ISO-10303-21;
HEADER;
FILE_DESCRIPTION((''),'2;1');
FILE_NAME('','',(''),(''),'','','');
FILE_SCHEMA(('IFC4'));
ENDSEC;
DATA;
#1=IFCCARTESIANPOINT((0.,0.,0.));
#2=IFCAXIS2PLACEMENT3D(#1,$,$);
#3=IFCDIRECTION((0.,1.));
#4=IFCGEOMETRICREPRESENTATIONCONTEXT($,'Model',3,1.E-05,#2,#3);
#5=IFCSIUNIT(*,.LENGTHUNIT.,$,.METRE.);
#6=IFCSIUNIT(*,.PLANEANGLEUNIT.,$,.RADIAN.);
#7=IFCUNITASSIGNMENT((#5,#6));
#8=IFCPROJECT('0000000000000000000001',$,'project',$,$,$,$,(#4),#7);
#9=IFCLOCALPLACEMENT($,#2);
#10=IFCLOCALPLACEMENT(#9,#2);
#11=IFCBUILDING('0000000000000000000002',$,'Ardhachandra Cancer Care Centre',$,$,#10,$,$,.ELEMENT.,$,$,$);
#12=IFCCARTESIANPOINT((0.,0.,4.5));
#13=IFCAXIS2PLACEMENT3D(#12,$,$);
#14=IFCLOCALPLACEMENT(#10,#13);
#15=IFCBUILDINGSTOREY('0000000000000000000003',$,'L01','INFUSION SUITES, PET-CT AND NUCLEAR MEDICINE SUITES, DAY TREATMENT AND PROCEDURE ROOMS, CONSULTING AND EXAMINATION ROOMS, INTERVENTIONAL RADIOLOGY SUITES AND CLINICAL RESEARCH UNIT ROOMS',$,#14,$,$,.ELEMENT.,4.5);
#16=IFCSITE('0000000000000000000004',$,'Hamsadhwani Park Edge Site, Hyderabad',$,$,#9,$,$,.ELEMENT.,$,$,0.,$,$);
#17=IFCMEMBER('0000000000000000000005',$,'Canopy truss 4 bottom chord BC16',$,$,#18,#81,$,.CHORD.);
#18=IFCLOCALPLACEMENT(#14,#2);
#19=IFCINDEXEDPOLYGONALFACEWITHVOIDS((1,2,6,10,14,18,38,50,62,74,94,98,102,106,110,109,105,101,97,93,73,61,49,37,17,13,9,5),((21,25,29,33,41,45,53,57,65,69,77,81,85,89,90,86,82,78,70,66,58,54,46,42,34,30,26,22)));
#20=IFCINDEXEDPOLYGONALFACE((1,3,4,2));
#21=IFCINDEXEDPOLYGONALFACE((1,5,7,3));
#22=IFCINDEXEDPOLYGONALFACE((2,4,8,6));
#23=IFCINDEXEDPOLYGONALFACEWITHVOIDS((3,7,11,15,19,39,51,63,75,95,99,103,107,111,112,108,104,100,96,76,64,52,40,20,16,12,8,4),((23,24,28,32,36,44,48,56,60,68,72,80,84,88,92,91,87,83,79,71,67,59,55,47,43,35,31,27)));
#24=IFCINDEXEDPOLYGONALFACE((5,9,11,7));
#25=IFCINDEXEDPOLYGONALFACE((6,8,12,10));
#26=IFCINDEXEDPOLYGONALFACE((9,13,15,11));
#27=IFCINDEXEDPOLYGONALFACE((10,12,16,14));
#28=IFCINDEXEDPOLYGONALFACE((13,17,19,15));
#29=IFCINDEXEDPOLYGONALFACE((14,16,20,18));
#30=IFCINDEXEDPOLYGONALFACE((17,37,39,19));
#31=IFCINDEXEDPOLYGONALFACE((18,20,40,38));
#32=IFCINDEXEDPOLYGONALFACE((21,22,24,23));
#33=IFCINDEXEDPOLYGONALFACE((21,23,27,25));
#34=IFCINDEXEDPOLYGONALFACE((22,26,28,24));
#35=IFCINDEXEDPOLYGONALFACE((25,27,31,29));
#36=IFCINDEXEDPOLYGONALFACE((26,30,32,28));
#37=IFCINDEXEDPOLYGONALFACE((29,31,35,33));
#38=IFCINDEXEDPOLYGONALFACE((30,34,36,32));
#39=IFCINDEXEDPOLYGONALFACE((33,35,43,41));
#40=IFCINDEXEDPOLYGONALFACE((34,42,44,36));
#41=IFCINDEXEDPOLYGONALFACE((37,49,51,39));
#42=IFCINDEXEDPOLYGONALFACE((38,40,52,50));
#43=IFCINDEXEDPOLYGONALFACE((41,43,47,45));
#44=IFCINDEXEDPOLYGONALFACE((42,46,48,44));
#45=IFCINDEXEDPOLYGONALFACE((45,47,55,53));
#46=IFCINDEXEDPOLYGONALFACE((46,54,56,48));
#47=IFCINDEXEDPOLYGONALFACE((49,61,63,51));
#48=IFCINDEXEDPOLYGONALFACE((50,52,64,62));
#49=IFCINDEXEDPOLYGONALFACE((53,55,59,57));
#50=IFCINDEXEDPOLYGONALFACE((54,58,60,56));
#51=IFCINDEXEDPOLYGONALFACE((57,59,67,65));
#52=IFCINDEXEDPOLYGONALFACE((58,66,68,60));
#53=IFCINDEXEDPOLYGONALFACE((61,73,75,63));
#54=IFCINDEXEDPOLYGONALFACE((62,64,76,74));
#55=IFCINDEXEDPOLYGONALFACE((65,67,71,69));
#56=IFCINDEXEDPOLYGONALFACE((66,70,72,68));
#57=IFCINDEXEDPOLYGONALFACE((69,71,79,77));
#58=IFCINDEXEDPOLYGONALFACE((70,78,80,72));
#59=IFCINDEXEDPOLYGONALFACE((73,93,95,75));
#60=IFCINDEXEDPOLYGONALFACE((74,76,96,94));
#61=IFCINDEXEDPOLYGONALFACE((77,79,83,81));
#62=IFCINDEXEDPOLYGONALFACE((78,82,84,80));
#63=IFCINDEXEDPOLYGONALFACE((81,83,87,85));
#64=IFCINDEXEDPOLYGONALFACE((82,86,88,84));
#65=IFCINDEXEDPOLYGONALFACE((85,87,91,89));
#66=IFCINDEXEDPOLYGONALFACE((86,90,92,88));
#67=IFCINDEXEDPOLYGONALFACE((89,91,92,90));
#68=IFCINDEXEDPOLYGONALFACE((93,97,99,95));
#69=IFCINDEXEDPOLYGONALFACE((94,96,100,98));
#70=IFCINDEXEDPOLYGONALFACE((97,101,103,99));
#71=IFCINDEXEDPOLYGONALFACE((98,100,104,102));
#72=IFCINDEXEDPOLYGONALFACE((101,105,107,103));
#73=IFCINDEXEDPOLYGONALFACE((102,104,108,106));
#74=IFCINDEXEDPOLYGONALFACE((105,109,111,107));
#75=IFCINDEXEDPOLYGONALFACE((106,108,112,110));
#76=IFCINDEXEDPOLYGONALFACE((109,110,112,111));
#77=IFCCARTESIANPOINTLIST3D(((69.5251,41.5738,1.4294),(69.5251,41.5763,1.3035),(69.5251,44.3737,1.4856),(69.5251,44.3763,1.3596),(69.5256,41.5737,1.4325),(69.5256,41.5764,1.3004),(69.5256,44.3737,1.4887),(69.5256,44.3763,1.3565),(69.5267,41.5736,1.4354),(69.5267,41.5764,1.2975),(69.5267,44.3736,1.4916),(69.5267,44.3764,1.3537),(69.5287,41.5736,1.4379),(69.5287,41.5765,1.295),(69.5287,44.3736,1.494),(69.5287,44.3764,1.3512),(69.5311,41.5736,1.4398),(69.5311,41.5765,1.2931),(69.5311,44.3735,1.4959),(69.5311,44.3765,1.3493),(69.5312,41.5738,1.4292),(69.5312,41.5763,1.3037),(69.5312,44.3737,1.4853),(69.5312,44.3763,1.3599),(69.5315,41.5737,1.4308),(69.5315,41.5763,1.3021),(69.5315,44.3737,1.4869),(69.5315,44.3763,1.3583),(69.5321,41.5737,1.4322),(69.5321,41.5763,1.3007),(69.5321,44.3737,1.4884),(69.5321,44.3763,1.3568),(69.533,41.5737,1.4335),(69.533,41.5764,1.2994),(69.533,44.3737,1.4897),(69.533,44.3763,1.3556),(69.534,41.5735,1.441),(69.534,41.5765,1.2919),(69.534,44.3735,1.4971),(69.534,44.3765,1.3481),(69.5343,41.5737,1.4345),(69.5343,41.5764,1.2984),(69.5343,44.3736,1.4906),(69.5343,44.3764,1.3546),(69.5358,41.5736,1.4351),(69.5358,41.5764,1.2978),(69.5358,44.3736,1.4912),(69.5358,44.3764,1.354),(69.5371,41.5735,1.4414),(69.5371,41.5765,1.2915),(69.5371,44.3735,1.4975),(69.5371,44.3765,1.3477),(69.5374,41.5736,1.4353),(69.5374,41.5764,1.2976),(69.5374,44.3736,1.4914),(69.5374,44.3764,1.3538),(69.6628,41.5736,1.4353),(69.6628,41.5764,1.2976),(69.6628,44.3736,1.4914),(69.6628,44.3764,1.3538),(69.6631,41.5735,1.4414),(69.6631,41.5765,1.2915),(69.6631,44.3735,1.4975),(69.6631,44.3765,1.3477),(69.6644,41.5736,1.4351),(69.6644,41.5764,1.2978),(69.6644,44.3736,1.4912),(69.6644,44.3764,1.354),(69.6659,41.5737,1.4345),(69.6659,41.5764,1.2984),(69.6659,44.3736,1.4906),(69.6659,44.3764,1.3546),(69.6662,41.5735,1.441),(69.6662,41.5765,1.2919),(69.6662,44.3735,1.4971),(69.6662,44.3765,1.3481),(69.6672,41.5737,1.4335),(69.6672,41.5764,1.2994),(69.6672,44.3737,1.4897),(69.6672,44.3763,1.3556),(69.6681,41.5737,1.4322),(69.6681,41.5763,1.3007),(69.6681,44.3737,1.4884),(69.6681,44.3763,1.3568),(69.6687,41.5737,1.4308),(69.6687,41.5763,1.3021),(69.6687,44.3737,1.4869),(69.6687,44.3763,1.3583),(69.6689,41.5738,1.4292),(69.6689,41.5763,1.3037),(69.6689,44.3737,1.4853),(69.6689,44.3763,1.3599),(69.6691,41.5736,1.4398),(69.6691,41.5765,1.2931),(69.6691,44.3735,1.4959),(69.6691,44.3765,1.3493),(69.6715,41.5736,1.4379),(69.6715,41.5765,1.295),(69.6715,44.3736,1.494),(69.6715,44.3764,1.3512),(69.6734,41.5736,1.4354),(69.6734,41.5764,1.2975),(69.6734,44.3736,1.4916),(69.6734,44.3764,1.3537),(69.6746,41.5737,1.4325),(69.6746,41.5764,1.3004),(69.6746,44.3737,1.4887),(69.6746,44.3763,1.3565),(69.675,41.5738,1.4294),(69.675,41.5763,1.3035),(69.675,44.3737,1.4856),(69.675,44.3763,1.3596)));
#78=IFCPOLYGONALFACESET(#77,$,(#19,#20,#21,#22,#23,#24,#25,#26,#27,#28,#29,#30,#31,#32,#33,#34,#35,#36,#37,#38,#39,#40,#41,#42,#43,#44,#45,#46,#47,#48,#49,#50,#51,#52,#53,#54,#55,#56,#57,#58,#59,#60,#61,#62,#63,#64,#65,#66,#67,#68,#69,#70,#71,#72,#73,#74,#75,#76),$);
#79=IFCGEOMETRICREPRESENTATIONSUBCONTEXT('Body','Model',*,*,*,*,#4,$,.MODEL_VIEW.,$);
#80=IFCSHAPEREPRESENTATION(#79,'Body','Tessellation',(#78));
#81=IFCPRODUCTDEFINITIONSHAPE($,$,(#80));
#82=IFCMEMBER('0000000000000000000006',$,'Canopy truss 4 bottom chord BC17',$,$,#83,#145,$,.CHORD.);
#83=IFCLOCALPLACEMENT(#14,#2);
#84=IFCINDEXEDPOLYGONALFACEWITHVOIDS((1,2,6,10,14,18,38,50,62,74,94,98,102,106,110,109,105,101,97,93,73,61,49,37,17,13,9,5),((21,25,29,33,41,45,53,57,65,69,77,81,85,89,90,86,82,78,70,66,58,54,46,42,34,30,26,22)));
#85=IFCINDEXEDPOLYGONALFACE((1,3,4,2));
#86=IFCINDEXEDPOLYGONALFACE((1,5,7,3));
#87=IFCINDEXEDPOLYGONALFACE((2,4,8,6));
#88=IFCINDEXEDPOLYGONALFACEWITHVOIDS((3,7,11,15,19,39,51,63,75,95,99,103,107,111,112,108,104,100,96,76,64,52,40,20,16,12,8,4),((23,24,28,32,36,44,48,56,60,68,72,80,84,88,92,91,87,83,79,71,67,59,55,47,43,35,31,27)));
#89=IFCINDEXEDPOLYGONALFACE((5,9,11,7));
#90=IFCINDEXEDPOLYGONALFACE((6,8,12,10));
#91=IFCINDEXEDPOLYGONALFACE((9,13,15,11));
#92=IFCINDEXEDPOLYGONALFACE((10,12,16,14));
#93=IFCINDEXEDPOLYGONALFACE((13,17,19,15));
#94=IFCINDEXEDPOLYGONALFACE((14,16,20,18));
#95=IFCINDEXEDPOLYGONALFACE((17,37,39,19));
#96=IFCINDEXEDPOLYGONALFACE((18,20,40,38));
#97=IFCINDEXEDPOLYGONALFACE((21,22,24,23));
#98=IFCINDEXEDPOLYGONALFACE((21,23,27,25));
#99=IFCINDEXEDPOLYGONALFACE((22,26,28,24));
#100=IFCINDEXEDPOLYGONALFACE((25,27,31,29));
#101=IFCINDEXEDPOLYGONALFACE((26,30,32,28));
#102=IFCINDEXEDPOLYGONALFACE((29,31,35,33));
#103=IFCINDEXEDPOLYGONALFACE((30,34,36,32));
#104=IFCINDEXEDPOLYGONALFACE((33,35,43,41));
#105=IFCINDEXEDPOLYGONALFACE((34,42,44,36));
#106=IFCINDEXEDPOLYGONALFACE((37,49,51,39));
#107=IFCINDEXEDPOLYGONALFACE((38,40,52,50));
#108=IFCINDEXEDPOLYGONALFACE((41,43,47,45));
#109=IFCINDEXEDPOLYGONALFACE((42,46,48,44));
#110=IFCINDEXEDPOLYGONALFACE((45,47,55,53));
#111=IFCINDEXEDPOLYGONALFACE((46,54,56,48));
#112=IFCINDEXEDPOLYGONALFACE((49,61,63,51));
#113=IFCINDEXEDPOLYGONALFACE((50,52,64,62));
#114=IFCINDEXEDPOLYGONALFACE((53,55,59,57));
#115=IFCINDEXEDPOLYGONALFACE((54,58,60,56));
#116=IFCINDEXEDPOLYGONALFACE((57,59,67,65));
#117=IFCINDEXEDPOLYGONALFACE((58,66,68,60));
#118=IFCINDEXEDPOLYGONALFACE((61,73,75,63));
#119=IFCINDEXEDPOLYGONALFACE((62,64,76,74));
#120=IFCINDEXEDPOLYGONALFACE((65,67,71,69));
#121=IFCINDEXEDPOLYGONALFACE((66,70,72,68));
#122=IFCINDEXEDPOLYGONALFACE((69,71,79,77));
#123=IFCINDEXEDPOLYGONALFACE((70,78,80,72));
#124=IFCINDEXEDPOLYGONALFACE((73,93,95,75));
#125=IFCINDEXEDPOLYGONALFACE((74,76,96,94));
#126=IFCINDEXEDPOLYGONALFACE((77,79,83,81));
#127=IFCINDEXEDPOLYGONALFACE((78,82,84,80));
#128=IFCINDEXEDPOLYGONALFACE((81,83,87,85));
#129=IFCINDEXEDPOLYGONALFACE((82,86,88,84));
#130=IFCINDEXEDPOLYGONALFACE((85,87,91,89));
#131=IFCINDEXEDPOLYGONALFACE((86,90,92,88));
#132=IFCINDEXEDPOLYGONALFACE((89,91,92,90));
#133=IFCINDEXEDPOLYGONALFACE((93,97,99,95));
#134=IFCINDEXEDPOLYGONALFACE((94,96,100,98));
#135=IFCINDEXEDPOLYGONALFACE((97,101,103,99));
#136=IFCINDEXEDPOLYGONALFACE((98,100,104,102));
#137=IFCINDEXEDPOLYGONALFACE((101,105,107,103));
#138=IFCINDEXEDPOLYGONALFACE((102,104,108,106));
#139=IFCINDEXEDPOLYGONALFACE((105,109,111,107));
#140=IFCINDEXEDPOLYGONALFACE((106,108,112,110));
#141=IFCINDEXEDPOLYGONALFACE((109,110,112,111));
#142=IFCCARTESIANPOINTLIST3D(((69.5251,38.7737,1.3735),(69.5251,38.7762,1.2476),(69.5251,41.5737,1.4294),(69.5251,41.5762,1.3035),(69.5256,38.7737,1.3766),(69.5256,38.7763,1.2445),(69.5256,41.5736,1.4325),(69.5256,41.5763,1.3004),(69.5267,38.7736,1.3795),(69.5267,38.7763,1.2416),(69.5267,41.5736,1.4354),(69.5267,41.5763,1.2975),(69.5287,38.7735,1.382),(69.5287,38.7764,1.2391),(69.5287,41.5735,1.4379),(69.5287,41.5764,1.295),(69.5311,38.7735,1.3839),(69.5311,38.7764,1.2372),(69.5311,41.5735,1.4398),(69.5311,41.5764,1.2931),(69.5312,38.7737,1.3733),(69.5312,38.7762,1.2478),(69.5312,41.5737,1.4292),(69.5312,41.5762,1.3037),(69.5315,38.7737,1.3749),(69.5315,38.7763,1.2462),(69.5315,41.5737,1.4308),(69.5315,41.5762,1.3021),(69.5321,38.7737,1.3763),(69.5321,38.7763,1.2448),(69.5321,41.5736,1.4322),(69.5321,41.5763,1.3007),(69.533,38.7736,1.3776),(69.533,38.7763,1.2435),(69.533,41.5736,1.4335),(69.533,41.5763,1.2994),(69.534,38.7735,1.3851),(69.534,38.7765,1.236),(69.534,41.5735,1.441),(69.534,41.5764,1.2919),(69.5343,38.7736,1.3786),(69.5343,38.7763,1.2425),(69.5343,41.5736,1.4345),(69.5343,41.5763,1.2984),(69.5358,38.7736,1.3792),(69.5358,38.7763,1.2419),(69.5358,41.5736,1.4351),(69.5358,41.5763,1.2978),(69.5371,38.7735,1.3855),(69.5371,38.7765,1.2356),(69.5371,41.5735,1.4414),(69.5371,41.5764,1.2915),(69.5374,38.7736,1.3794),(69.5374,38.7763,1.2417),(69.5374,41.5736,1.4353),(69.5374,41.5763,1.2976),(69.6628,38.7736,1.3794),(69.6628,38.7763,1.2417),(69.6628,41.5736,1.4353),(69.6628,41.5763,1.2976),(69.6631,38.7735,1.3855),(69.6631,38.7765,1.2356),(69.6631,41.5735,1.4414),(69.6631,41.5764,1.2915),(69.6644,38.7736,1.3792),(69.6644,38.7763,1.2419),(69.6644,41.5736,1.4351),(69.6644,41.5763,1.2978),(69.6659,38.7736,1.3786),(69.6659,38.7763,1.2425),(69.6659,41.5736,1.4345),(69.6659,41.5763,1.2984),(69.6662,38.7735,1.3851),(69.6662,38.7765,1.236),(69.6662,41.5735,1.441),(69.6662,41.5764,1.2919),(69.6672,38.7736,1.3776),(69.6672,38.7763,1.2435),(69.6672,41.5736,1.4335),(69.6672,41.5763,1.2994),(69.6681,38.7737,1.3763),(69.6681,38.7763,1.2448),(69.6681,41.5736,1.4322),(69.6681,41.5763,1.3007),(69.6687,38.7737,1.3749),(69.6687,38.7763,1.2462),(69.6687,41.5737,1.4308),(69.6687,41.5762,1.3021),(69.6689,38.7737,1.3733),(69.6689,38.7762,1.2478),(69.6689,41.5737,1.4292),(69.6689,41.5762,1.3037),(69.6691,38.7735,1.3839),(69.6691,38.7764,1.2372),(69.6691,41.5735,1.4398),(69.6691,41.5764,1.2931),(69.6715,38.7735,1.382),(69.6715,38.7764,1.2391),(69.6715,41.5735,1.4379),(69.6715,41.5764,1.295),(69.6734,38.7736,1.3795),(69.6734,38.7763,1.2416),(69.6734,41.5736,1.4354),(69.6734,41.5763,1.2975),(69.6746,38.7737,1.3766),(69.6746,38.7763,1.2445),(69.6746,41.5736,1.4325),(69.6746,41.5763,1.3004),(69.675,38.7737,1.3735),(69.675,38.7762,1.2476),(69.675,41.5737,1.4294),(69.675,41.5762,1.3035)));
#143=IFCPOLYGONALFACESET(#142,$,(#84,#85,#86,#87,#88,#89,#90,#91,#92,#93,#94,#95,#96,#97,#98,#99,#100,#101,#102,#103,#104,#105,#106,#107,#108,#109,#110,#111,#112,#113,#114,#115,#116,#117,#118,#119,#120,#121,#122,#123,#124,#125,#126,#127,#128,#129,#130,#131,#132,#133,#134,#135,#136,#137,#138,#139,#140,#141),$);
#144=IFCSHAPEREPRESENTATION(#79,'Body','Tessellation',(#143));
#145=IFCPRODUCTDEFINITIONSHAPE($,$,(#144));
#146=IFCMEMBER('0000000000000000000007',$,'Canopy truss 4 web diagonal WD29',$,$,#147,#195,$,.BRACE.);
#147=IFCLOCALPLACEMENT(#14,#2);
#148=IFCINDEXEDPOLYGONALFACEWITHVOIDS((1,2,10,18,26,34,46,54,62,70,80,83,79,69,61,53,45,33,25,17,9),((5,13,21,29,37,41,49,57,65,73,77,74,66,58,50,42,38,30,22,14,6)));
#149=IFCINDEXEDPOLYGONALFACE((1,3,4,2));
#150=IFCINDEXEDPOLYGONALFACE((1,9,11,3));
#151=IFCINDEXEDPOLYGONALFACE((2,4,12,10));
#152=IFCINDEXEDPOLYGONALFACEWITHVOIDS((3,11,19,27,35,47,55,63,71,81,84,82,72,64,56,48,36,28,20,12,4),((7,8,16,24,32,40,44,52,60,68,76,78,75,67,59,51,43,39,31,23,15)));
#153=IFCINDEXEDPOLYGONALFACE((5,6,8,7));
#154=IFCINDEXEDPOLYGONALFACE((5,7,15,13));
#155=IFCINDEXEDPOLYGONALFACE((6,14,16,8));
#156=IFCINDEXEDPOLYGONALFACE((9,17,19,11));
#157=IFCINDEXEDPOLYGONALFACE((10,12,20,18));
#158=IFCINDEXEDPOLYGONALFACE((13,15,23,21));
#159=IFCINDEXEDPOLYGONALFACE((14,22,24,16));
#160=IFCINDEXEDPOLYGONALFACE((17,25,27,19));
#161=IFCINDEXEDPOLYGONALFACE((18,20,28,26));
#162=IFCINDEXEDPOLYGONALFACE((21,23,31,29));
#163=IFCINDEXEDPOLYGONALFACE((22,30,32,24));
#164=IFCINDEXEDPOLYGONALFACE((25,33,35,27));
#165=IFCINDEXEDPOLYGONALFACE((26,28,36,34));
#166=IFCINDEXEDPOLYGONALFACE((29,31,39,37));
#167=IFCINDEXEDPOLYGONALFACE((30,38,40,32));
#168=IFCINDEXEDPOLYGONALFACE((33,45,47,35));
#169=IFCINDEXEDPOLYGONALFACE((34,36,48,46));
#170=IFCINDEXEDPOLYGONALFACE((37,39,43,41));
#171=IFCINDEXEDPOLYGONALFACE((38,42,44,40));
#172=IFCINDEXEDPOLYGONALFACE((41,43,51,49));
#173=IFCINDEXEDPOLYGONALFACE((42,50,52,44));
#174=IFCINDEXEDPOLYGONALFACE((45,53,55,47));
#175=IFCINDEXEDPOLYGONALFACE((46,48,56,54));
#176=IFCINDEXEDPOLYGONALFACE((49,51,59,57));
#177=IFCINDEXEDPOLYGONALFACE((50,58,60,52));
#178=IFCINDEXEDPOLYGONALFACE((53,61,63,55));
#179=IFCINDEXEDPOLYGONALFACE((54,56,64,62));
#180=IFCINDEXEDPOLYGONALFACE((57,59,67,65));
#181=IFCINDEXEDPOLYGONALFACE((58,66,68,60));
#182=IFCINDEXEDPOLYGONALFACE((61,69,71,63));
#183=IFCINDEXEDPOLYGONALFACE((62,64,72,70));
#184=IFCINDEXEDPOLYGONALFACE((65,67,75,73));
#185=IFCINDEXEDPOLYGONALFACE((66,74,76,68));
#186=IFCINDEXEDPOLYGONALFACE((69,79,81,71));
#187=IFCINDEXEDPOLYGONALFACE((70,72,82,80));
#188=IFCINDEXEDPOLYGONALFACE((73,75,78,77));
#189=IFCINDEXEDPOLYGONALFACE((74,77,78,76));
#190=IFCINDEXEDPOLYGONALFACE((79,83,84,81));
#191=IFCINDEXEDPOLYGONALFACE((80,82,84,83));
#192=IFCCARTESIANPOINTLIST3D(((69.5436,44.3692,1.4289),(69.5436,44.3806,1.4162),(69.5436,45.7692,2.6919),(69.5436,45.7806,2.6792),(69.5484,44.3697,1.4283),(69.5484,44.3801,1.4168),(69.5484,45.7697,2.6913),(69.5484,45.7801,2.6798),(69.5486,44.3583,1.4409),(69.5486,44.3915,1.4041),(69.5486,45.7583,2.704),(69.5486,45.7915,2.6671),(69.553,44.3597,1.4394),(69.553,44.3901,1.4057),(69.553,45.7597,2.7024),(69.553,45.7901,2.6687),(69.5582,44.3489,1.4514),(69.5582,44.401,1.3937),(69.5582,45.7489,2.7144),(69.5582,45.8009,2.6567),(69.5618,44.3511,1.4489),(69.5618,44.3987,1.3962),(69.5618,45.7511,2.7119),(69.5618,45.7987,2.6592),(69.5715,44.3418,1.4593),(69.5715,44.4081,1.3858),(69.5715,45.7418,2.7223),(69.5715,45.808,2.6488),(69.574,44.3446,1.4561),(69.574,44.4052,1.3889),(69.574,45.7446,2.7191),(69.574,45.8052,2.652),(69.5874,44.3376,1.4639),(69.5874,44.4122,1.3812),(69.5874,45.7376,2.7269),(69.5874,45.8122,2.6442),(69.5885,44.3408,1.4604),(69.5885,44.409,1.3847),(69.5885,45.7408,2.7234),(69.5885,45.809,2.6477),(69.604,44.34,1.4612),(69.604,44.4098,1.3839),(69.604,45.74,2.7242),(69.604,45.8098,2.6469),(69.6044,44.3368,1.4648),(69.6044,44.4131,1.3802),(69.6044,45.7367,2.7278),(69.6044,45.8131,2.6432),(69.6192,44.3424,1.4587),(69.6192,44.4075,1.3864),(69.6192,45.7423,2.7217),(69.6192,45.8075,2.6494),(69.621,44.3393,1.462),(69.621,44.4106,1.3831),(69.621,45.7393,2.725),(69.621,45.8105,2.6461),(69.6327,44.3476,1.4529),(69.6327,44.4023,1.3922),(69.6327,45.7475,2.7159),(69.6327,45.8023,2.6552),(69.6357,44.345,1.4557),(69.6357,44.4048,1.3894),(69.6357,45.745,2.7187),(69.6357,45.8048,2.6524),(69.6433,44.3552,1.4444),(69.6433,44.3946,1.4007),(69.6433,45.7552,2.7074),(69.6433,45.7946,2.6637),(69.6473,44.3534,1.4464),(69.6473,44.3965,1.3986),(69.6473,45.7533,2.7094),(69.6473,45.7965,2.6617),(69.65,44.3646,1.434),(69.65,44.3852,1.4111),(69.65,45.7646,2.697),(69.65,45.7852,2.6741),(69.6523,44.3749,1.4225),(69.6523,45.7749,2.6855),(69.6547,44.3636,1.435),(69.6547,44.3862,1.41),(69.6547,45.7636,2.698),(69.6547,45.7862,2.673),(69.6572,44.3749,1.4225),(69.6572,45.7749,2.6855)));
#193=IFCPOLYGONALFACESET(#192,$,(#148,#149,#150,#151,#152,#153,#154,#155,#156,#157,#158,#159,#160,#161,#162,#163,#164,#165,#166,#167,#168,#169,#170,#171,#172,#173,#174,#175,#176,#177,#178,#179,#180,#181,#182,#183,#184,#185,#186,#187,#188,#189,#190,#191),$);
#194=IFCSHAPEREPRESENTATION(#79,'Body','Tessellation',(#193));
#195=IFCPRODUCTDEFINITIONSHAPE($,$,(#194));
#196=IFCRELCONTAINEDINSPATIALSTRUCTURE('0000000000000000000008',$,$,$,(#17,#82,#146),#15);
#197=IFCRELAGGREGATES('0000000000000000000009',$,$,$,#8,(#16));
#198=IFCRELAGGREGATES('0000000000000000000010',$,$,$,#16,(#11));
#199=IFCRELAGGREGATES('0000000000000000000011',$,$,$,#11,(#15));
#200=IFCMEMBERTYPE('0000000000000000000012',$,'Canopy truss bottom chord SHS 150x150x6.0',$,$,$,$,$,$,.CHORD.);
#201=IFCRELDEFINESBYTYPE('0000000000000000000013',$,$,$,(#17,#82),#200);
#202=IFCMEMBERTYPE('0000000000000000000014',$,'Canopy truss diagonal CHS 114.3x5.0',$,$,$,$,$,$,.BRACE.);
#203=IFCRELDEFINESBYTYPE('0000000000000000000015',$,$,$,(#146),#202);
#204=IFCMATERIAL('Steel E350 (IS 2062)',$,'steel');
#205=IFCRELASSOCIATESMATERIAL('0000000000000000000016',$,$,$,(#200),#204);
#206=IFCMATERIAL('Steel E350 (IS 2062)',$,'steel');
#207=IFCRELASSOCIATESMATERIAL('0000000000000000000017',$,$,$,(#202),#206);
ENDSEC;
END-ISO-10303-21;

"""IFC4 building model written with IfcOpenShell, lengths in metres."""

from ifc_helpers import new_model, si_unit, direction, frame, origin, origin_2d, place, context, subcontext, project, spatial, hollow_rectangle, hollow_circle, extrude, material, material_profile, profile_set, type_object, element, save


model = new_model("IFC4")

# Units and contexts
model_context = context("Model", 3, precision=1e-05, world=origin(), true_north=direction((0.0, 1.0)))
body_context = subcontext(model_context, "Body", "Model", "MODEL_VIEW")
ifc_project = project(units=[si_unit("LENGTHUNIT", "METRE"), si_unit("PLANEANGLEUNIT", "RADIAN")], contexts=[model_context])

# Site, building, storey
site_placement = place(None, origin())
site = spatial("IfcSite", under=ifc_project, at=site_placement, Name="Hamsadhwani Park Edge Site, Hyderabad", CompositionType="ELEMENT", RefElevation=0.0)
building_placement = place(site_placement, origin())
building = spatial("IfcBuilding", under=site, at=building_placement, Name="Ardhachandra Cancer Care Centre", CompositionType="ELEMENT")
storey_placement = place(building_placement, frame((0.0, 0.0, 4.5)))
storey = spatial("IfcBuildingStorey", under=building, at=storey_placement, Name="L01", Description="INFUSION SUITES, PET-CT AND NUCLEAR MEDICINE SUITES, DAY TREATMENT AND PROCEDURE ROOMS, CONSULTING AND EXAMINATION ROOMS, INTERVENTIONAL RADIOLOGY SUITES AND CLINICAL RESEARCH UNIT ROOMS", CompositionType="ELEMENT", Elevation=4.5)

# Members
ifc_material_1 = material(Name="Steel E350 (IS 2062)", Category="steel")
ifc_material_profile_1 = material_profile(ifc_material_1, hollow_rectangle(XDim=0.1499, YDim=0.1499, WallThickness=0.0061, InnerFilletRadius=0.0061, OuterFilletRadius=0.012, at=origin_2d()), Name="SHS 150x150x6.0")
ifc_profile_set_1 = profile_set([ifc_material_profile_1], Name="Steel E350 (IS 2062)")
member_type_1 = type_object("IfcMemberType", Name="Canopy truss bottom chord SHS 150x150x6.0", PredefinedType="CHORD", material=ifc_profile_set_1)
for number, where, z_axis, x_axis, name in (
    (1, (69.6001, 44.375, 1.4226), (0.0, -0.999799, -0.02005), (1.0, 0.0, 0.0), "Canopy truss 4 bottom chord BC16"),
    (2, (69.6001, 41.575, 1.3665), (0.0, -0.999801, -0.019963), (1.0, 0.0, 0.0), "Canopy truss 4 bottom chord BC17"),
):
    element("IfcMember", number, at=place(storey_placement, frame(where, z_axis=z_axis, x_axis=x_axis)), inside=storey, type_object=member_type_1, Name=name, PredefinedType="CHORD", context=body_context, shape_type="SweptSolid", body=[
        extrude(hollow_rectangle(XDim=0.1499, YDim=0.1499, WallThickness=0.0061, InnerFilletRadius=0.0061, OuterFilletRadius=0.012, at=origin_2d()), origin(), (0.0, 0.0, 1.0), 2.8005),
    ])
ifc_material_2 = material(Name="Steel E350 (IS 2062)", Category="steel")
ifc_material_profile_2 = material_profile(ifc_material_2, hollow_circle(Radius=0.0571, WallThickness=0.0049, at=origin_2d()), Name="CHS 114.3x5.0")
ifc_profile_set_2 = profile_set([ifc_material_profile_2], Name="Steel E350 (IS 2062)")
member_type_2 = type_object("IfcMemberType", Name="Canopy truss diagonal CHS 114.3x5.0", PredefinedType="BRACE", material=ifc_profile_set_2)
member_1_placement = place(storey_placement, frame((69.6001, 45.7749, 2.6855), z_axis=(0.0, -0.742495, -0.669851), x_axis=(1.0, 0.0, 0.0)))
element("IfcMember", 3, at=member_1_placement, inside=storey, type_object=member_type_2, Name="Canopy truss 4 web diagonal WD29", PredefinedType="BRACE", context=body_context, shape_type="SweptSolid", body=[
    extrude(hollow_circle(Radius=0.0571, WallThickness=0.0049, at=origin_2d()), origin(), (0.0, 0.0, 1.0), 1.8855),
])

save(model, "model.ifc")
